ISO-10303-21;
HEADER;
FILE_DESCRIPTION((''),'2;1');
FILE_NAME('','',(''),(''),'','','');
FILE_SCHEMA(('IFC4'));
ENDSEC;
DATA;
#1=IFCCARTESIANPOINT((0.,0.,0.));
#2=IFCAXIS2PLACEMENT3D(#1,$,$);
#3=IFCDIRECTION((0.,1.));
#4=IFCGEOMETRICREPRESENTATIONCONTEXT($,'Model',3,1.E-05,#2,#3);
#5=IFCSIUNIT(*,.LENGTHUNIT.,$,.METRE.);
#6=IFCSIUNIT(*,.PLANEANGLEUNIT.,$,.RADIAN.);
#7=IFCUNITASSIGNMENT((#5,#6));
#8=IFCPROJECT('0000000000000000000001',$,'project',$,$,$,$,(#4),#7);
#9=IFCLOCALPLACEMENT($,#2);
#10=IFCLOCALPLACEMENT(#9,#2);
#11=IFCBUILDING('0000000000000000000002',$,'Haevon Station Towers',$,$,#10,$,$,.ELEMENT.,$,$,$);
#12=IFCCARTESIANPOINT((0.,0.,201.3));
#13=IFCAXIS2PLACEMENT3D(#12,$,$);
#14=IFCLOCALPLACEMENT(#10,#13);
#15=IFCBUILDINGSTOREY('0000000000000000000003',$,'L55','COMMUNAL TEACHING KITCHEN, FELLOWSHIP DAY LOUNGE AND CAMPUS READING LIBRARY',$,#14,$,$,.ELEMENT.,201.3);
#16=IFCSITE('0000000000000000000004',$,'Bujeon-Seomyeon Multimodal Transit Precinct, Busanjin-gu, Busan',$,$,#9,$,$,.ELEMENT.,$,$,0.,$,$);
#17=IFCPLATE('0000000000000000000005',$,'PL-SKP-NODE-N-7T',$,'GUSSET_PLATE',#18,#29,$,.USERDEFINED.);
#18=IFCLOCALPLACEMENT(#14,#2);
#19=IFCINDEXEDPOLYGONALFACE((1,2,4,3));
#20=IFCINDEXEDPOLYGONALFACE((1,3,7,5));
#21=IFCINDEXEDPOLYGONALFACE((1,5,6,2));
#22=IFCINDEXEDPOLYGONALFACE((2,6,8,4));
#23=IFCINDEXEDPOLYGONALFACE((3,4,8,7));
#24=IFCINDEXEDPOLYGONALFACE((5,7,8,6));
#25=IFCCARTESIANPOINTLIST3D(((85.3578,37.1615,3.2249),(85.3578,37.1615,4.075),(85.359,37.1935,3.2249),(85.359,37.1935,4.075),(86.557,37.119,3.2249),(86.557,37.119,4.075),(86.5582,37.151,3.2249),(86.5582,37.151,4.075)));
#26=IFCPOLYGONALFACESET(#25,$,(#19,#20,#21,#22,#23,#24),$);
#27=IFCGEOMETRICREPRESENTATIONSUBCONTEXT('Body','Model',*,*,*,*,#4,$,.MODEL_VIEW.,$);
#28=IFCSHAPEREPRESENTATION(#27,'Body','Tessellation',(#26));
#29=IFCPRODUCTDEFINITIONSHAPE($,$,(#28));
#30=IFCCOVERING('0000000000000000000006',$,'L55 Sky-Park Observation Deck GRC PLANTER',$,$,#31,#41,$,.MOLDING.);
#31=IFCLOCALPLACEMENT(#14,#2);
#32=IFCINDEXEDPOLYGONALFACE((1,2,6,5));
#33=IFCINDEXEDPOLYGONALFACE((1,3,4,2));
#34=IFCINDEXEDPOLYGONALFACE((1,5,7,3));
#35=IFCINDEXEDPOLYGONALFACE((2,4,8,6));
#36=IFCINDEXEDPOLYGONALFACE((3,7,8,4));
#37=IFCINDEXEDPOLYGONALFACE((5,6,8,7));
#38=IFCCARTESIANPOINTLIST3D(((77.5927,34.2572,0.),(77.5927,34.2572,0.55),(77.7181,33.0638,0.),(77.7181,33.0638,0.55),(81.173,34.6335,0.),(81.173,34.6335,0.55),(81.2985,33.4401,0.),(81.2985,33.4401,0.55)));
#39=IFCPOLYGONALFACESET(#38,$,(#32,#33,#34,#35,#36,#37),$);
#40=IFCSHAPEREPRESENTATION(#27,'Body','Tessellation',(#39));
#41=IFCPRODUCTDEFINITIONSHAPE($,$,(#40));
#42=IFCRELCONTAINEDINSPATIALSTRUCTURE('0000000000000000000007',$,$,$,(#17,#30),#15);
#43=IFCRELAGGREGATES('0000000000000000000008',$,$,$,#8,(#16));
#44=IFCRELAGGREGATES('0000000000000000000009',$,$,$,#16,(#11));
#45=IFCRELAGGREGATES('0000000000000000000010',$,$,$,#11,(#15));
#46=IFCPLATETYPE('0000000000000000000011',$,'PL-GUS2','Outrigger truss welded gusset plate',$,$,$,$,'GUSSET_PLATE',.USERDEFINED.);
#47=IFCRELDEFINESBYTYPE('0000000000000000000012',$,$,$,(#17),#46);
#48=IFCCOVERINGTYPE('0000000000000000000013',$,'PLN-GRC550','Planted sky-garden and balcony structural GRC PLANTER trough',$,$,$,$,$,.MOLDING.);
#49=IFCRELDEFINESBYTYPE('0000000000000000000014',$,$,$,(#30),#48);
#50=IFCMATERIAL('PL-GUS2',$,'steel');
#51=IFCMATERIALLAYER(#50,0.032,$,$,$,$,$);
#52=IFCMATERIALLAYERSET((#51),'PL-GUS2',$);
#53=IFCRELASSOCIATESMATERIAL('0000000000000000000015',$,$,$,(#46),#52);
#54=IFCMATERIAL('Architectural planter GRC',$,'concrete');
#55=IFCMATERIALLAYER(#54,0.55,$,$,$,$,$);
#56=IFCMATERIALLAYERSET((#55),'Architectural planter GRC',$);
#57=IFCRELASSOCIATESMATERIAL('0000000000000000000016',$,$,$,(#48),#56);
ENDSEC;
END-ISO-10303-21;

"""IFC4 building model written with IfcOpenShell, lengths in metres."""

from ifc_helpers import new_model, si_unit, direction, frame, origin, origin_2d, place, context, subcontext, project, spatial, rectangle, extrude, material, layer, layer_set, type_object, element, save


model = new_model("IFC4")

# Units and contexts
model_context = context("Model", 3, precision=1e-05, world=origin(), true_north=direction((0.0, 1.0)))
body_context = subcontext(model_context, "Body", "Model", "MODEL_VIEW")
ifc_project = project(units=[si_unit("LENGTHUNIT", "METRE"), si_unit("PLANEANGLEUNIT", "RADIAN")], contexts=[model_context])

# Site, building, storey
site_placement = place(None, origin())
site = spatial("IfcSite", under=ifc_project, at=site_placement, Name="Bujeon-Seomyeon Multimodal Transit Precinct, Busanjin-gu, Busan", CompositionType="ELEMENT", RefElevation=0.0)
building_placement = place(site_placement, origin())
building = spatial("IfcBuilding", under=site, at=building_placement, Name="Haevon Station Towers", CompositionType="ELEMENT")
storey_placement = place(building_placement, frame((0.0, 0.0, 201.3)))
storey = spatial("IfcBuildingStorey", under=building, at=storey_placement, Name="L55", Description="COMMUNAL TEACHING KITCHEN, FELLOWSHIP DAY LOUNGE AND CAMPUS READING LIBRARY", CompositionType="ELEMENT", Elevation=201.3)

# Plate
ifc_material_1 = material(Name="PL-GUS2", Category="steel")
ifc_layer_1 = layer(ifc_material_1, 0.032)
ifc_layer_set_1 = layer_set([ifc_layer_1], Name="PL-GUS2")
plate_type = type_object("IfcPlateType", Name="PL-GUS2", Description="Outrigger truss welded gusset plate", ElementType="GUSSET_PLATE", PredefinedType="USERDEFINED", material=ifc_layer_set_1)
for number, where, z_axis, x_axis, name in (
    (1, (85.958, 37.1562, 3.2249), (0.0, 0.0, 1.0), (0.999372, -0.03544, 0.0), "PL-SKP-NODE-N-7T"),
):
    element("IfcPlate", number, at=place(storey_placement, frame(where, z_axis=z_axis, x_axis=x_axis)), inside=storey, type_object=plate_type, Name=name, ObjectType="GUSSET_PLATE", PredefinedType="USERDEFINED", context=body_context, shape_type="SweptSolid", body=[
        extrude(rectangle(XDim=1.2, YDim=0.032, at=origin_2d()), origin(), (0.0, 0.0, 1.0), 0.8501),
    ])

# Covering
ifc_material_2 = material(Name="Architectural planter GRC", Category="concrete")
ifc_layer_2 = layer(ifc_material_2, 0.55)
ifc_layer_set_2 = layer_set([ifc_layer_2], Name="Architectural planter GRC")
covering_type = type_object("IfcCoveringType", Name="PLN-GRC550", Description="Planted sky-garden and balcony structural GRC PLANTER trough", PredefinedType="MOLDING", material=ifc_layer_set_2)
covering_placement = place(storey_placement, frame((79.4456, 33.8486, 0.0), z_axis=(0.0, 0.0, 1.0), x_axis=(0.994522, 0.104528, 0.0)))
element("IfcCovering", 2, at=covering_placement, inside=storey, type_object=covering_type, Name="L55 Sky-Park Observation Deck GRC PLANTER", PredefinedType="MOLDING", context=body_context, shape_type="SweptSolid", body=[
    extrude(rectangle(XDim=3.6001, YDim=1.2, at=origin_2d()), origin(), (0.0, 0.0, 1.0), 0.55),
])

save(model, "model.ifc")
